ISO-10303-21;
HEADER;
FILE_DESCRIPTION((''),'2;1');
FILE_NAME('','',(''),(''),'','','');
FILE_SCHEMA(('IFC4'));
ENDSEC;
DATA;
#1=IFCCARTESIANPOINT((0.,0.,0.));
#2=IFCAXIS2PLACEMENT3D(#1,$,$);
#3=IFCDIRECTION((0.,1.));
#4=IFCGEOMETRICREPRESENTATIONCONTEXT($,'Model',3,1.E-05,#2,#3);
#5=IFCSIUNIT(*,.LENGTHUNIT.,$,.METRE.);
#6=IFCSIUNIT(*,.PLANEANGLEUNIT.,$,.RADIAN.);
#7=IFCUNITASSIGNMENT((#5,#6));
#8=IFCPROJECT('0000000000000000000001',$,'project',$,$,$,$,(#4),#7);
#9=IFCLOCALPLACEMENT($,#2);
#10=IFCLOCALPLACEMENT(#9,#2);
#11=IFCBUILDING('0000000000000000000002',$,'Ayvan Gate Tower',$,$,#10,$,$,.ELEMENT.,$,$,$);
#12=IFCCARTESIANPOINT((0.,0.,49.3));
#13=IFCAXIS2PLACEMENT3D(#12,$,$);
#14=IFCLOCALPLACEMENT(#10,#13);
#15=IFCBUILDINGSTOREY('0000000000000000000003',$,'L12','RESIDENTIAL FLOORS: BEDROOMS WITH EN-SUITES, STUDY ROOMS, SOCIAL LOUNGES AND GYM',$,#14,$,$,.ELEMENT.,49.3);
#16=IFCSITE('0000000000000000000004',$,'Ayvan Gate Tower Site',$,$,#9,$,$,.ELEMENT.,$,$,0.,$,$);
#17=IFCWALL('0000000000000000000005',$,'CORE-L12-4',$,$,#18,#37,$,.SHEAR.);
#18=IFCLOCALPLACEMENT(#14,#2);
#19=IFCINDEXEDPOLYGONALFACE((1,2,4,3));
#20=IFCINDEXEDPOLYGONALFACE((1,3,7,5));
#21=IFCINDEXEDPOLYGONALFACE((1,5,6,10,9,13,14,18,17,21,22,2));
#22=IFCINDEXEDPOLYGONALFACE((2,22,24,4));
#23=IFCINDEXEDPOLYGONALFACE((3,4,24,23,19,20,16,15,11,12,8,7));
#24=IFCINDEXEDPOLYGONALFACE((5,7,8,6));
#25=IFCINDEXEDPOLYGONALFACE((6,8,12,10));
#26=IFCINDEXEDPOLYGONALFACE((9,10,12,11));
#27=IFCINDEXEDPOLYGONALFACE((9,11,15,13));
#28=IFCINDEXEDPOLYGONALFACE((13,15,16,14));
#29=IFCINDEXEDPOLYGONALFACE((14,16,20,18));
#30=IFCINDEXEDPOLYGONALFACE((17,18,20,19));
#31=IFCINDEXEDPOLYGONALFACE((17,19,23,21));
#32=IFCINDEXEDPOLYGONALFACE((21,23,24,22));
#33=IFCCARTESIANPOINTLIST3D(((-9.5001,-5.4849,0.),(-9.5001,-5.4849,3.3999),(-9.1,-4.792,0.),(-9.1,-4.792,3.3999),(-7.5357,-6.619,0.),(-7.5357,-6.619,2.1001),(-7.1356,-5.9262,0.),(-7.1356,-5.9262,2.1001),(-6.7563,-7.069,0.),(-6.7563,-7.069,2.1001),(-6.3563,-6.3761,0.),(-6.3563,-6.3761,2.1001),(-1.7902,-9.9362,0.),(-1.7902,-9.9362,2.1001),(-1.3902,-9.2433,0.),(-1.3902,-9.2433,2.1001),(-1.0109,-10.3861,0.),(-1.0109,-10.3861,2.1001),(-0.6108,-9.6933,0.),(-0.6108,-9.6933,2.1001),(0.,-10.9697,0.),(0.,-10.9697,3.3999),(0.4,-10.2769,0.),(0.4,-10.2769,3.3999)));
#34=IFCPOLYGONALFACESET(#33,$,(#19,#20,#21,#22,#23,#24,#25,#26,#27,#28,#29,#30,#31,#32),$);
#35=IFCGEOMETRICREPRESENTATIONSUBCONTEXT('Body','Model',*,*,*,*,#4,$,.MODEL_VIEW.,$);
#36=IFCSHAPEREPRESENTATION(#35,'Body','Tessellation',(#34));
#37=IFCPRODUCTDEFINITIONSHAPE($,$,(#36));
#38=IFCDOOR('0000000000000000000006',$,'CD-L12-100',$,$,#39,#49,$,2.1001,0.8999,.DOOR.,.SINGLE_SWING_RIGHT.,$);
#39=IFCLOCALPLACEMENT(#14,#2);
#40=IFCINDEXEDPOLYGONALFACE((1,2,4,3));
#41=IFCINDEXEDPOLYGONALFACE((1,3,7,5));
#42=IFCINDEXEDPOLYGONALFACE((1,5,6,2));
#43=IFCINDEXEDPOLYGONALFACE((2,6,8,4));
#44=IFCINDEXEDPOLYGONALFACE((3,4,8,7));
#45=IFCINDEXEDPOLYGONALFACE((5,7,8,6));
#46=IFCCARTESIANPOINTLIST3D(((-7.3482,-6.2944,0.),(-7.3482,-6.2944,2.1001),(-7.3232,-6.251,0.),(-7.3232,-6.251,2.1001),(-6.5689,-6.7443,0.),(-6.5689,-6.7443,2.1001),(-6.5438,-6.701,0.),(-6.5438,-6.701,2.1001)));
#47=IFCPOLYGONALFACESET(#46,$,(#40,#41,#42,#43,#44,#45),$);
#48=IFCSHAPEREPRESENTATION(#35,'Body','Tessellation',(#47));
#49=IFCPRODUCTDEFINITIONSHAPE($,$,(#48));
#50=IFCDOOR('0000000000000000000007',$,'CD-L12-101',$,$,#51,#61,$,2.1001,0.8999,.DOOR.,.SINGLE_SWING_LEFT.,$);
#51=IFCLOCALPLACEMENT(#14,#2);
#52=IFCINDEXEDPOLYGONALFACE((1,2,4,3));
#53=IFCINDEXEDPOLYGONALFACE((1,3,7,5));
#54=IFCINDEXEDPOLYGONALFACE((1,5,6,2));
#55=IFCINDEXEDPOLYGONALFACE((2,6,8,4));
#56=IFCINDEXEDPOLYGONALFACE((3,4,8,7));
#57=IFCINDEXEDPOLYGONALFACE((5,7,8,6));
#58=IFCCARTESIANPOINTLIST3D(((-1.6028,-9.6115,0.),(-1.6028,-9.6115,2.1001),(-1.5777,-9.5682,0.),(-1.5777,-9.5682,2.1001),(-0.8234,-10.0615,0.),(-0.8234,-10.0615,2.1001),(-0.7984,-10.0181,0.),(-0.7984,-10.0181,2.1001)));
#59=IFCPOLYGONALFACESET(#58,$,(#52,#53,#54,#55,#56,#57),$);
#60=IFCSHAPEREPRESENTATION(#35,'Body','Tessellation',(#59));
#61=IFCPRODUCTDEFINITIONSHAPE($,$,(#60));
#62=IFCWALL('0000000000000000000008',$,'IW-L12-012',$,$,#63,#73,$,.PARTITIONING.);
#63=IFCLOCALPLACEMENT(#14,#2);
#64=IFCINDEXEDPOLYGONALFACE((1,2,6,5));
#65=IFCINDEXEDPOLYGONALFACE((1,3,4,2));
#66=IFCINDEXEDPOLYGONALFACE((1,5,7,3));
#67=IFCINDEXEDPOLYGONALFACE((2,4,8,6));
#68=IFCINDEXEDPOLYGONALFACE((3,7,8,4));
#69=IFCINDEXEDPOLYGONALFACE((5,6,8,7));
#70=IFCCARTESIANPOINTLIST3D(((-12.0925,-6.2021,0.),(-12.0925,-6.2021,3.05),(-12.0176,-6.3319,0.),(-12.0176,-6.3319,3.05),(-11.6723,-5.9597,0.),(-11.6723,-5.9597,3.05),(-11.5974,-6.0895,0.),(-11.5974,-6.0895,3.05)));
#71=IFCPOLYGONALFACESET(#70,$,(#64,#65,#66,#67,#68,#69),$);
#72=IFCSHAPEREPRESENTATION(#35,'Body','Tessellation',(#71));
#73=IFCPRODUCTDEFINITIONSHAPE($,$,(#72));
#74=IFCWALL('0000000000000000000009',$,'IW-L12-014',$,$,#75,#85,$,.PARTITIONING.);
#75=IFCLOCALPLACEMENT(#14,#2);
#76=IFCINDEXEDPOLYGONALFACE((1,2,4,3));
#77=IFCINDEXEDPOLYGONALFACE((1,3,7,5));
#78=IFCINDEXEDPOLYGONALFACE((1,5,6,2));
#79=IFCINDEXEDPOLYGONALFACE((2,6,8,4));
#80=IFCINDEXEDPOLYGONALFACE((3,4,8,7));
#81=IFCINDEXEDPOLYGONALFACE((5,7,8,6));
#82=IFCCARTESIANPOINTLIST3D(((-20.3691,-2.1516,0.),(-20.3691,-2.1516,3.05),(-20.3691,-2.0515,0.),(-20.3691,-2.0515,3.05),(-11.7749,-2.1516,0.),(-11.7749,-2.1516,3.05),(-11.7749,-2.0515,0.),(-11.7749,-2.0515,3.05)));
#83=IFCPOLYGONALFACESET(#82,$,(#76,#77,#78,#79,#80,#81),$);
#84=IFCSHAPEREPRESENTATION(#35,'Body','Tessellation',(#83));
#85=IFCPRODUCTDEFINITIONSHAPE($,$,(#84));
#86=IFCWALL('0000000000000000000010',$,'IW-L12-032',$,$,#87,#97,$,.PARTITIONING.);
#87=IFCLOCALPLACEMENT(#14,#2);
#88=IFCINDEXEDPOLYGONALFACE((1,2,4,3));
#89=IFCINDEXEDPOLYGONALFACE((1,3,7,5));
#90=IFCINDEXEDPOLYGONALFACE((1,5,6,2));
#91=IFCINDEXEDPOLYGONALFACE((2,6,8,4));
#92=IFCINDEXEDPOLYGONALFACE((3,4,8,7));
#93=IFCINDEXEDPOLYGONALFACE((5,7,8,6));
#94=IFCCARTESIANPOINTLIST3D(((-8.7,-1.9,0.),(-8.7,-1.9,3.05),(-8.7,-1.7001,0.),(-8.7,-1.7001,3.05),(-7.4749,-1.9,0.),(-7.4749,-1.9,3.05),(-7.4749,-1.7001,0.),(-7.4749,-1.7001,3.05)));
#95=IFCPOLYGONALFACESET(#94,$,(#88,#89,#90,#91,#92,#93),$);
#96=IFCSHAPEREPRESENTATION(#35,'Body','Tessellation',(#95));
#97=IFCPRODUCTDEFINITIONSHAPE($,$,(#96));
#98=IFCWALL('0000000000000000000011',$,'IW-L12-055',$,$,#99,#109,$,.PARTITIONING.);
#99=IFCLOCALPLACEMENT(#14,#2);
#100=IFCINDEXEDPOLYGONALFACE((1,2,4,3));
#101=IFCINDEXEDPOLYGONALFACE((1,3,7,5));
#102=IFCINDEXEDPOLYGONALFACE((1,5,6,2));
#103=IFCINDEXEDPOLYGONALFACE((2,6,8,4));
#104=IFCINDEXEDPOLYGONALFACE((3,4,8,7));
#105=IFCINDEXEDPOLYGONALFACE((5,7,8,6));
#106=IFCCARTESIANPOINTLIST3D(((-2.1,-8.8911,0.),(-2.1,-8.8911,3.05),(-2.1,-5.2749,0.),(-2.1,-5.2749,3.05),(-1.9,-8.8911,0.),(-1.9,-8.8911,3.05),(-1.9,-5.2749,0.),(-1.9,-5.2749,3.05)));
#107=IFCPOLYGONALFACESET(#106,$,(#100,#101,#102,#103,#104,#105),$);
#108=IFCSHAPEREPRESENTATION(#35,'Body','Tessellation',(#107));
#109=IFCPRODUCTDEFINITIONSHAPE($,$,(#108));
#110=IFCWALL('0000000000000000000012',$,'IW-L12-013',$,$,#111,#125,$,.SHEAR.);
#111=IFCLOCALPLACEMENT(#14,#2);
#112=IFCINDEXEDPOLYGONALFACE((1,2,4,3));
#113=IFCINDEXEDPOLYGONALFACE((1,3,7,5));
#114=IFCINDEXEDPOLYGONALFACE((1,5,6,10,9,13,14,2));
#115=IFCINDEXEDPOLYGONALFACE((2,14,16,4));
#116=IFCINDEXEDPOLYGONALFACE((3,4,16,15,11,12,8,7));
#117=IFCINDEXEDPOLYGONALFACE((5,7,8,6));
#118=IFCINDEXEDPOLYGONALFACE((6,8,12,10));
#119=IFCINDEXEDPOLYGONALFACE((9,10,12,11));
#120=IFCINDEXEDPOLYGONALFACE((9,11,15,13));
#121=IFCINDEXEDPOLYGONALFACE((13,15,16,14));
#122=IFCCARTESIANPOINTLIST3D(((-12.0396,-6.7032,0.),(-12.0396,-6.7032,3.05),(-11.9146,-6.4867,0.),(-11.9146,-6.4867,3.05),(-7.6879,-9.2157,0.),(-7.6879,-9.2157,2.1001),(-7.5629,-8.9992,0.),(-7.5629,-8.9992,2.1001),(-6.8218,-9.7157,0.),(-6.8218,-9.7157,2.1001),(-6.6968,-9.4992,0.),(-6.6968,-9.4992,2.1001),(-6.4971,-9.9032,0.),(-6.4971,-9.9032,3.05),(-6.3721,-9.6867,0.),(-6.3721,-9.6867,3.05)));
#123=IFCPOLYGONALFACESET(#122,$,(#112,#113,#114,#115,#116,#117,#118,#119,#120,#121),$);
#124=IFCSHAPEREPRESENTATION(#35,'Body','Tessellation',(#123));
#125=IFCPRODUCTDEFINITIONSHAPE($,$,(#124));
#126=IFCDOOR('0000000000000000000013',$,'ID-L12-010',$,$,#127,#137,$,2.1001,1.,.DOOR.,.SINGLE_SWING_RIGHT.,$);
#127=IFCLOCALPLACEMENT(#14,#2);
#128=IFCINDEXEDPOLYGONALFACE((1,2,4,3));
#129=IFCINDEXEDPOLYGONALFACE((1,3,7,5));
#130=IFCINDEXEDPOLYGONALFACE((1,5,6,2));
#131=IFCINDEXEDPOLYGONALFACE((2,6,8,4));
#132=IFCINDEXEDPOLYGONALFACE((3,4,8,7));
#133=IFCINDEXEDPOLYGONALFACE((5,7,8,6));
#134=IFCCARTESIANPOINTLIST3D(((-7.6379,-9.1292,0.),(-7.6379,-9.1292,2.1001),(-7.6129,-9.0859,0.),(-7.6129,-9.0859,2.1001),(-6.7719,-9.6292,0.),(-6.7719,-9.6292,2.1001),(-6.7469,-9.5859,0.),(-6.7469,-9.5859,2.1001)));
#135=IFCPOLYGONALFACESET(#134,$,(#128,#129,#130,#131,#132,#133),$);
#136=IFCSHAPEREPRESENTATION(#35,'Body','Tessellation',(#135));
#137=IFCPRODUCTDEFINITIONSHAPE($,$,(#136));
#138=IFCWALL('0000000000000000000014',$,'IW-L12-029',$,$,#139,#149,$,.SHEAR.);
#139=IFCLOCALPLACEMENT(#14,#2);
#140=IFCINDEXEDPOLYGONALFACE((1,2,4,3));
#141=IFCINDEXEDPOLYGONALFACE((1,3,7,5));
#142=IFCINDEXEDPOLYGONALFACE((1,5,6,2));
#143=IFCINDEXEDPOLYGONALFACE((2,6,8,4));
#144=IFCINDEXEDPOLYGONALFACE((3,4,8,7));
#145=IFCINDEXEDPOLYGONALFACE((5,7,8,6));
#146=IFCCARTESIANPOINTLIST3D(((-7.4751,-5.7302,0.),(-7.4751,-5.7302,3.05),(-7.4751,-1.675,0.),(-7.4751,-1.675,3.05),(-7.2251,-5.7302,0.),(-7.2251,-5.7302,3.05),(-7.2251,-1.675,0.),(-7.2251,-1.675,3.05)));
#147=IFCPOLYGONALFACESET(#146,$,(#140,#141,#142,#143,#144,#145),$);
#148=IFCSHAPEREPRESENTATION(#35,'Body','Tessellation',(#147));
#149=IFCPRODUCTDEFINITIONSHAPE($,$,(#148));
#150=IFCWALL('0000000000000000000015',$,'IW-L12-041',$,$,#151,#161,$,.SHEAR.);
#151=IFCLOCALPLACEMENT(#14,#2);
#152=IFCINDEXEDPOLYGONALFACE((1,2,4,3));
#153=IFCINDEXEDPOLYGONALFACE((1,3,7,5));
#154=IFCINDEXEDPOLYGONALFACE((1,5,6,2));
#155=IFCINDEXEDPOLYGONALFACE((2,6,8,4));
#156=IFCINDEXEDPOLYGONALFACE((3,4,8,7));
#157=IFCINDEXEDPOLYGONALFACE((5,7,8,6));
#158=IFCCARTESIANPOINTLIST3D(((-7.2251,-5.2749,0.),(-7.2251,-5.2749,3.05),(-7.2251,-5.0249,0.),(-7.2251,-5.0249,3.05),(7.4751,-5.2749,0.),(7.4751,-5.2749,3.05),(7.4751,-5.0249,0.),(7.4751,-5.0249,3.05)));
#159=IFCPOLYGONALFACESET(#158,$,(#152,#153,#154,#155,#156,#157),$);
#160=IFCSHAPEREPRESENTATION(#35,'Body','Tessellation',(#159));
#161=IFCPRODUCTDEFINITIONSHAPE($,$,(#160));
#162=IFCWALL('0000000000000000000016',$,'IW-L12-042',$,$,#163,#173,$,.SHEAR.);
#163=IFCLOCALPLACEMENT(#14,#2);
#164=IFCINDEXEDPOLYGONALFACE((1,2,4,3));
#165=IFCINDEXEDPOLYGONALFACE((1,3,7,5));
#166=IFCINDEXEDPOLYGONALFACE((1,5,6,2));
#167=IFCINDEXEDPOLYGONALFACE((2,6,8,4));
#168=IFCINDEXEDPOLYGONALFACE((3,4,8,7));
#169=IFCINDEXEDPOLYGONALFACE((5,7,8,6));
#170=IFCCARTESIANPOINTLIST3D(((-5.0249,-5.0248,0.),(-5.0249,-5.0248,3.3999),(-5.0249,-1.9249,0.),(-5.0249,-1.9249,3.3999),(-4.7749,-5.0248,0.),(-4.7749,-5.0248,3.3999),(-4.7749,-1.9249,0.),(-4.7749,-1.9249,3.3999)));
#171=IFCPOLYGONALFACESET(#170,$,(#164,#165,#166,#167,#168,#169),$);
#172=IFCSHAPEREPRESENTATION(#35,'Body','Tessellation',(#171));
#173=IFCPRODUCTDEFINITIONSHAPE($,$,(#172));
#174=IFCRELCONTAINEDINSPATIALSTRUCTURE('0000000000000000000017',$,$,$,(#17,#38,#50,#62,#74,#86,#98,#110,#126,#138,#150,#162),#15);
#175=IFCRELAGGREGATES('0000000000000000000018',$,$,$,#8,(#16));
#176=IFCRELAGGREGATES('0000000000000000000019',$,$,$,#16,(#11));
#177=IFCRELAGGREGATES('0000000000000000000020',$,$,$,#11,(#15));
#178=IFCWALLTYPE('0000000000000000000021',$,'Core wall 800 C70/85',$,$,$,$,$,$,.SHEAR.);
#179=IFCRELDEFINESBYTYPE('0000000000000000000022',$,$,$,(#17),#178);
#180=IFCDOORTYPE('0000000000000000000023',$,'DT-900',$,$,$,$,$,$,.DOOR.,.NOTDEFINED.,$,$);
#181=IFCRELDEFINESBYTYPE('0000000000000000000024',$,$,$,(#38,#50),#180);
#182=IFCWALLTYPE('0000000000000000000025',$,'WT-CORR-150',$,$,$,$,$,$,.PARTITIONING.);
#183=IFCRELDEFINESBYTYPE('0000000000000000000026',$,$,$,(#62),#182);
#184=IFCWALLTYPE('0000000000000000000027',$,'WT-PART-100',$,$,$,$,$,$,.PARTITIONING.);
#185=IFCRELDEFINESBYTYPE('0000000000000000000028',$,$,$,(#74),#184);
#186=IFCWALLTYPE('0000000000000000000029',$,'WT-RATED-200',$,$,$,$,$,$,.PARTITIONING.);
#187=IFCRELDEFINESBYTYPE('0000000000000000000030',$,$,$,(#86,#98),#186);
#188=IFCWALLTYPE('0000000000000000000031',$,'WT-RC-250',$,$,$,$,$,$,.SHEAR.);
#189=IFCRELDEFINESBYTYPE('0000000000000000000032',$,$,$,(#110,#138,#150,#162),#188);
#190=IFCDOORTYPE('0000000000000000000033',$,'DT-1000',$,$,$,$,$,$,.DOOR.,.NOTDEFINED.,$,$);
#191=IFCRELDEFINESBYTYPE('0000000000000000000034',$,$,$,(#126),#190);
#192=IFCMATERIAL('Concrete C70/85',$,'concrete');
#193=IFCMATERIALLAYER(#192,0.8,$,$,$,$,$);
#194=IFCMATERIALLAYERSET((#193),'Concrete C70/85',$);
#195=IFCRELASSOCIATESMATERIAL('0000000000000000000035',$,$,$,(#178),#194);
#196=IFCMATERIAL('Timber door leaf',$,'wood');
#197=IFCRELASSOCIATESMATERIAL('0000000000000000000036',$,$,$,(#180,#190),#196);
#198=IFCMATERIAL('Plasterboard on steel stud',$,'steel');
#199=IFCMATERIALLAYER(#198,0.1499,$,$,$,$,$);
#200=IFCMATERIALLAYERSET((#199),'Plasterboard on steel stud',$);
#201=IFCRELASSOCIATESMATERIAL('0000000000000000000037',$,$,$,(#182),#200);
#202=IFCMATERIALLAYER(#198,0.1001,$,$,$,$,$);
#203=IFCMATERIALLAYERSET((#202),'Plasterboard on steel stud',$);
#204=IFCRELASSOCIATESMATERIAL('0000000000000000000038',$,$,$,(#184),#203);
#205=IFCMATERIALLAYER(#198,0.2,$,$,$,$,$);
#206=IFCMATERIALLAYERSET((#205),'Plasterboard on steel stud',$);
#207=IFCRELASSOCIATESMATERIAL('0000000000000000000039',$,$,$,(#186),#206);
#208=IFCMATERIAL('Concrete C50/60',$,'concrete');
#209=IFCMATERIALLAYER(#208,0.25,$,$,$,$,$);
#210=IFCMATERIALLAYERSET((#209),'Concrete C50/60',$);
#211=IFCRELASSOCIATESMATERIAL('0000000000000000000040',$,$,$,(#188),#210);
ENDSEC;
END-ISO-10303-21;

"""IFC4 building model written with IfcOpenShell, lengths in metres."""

from ifc_helpers import new_model, si_unit, direction, frame, frame_2d, origin, place, context, subcontext, project, spatial, rectangle, extrude, material, layer, layer_set, type_object, element, fill, save


model = new_model("IFC4")

# Units and contexts
model_context = context("Model", 3, precision=1e-05, world=origin(), true_north=direction((0.0, 1.0)))
body_context = subcontext(model_context, "Body", "Model", "MODEL_VIEW")
ifc_project = project(units=[si_unit("LENGTHUNIT", "METRE"), si_unit("PLANEANGLEUNIT", "RADIAN")], contexts=[model_context])

# Site, building, storey
site_placement = place(None, origin())
site = spatial("IfcSite", under=ifc_project, at=site_placement, Name="Ayvan Gate Tower Site", CompositionType="ELEMENT", RefElevation=0.0)
building_placement = place(site_placement, origin())
building = spatial("IfcBuilding", under=site, at=building_placement, Name="Ayvan Gate Tower", CompositionType="ELEMENT")
storey_placement = place(building_placement, frame((0.0, 0.0, 49.3)))
storey = spatial("IfcBuildingStorey", under=building, at=storey_placement, Name="L12", Description="RESIDENTIAL FLOORS: BEDROOMS WITH EN-SUITES, STUDY ROOMS, SOCIAL LOUNGES AND GYM", CompositionType="ELEMENT", Elevation=49.3)

# Wall, openings, doors
ifc_material_1 = material(Name="Concrete C70/85", Category="concrete")
ifc_layer_1 = layer(ifc_material_1, 0.8)
ifc_layer_set_1 = layer_set([ifc_layer_1], Name="Concrete C70/85")
wall_type_1 = type_object("IfcWallType", Name="Core wall 800 C70/85", PredefinedType="SHEAR", material=ifc_layer_set_1)
wall_1_placement = place(storey_placement, frame((-9.3, -5.1384, 0.0), z_axis=(0.0, 0.0, 1.0), x_axis=(0.866024, -0.500002, 0.0)))
wall_1 = element("IfcWall", 1, at=wall_1_placement, inside=storey, type_object=wall_type_1, Name="CORE-L12-4", PredefinedType="SHEAR", context=body_context, shape_type="SweptSolid", body=[
    extrude(rectangle(XDim=10.9697, YDim=0.8, at=frame_2d((5.4849, 0.0))), origin(), (0.0, 0.0, 1.0), 3.3999),
])
opening_1_placement = place(wall_1_placement, frame((2.2683, 0.0, 0.0)))
opening_1 = element("IfcOpeningElement", 2, at=opening_1_placement, cuts=wall_1, PredefinedType="OPENING", context=body_context, shape_type="SweptSolid", body=[
    extrude(rectangle(XDim=0.8999, YDim=2.1001, at=frame_2d((0.45, 1.05))), frame((0.0, 0.4099, 0.0), z_axis=(0.0, -1.0, 0.0), x_axis=(1.0, 0.0, 0.0)), (0.0, 0.0, 1.0), 0.8201),
])
opening_2_placement = place(wall_1_placement, frame((8.9026, 0.0, 0.0)))
opening_2 = element("IfcOpeningElement", 3, at=opening_2_placement, cuts=wall_1, PredefinedType="OPENING", context=body_context, shape_type="SweptSolid", body=[
    extrude(rectangle(XDim=0.8999, YDim=2.1001, at=frame_2d((0.45, 1.05))), frame((0.0, 0.4099, 0.0), z_axis=(0.0, -1.0, 0.0), x_axis=(1.0, 0.0, 0.0)), (0.0, 0.0, 1.0), 0.8201),
])
ifc_material_2 = material(Name="Timber door leaf", Category="wood")
door_type_1 = type_object("IfcDoorType", Name="DT-900", OperationType="NOTDEFINED", PredefinedType="DOOR", material=ifc_material_2)
door_1_placement = place(opening_1_placement, origin())
door_1 = element("IfcDoor", 4, at=door_1_placement, inside=storey, type_object=door_type_1, Name="CD-L12-100", OperationType="SINGLE_SWING_RIGHT", OverallHeight=2.1001, OverallWidth=0.8999, PredefinedType="DOOR", context=body_context, shape_type="SweptSolid", body=[
    extrude(rectangle(XDim=0.8999, YDim=2.1001, at=frame_2d((0.45, 1.05))), frame((0.0, 0.0249, 0.0), z_axis=(0.0, -1.0, 0.0), x_axis=(1.0, 0.0, 0.0)), (0.0, 0.0, 1.0), 0.05),
])
fill(opening_1, door_1)
door_2_placement = place(opening_2_placement, origin())
door_2 = element("IfcDoor", 5, at=door_2_placement, inside=storey, type_object=door_type_1, Name="CD-L12-101", OperationType="SINGLE_SWING_LEFT", OverallHeight=2.1001, OverallWidth=0.8999, PredefinedType="DOOR", context=body_context, shape_type="SweptSolid", body=[
    extrude(rectangle(XDim=0.8999, YDim=2.1001, at=frame_2d((0.45, 1.05))), frame((0.0, 0.0249, 0.0), z_axis=(0.0, -1.0, 0.0), x_axis=(1.0, 0.0, 0.0)), (0.0, 0.0, 1.0), 0.05),
])
fill(opening_2, door_2)

# Walls
ifc_material_3 = material(Name="Plasterboard on steel stud", Category="steel")
ifc_layer_2 = layer(ifc_material_3, 0.1499)
ifc_layer_set_2 = layer_set([ifc_layer_2], Name="Plasterboard on steel stud")
wall_type_2 = type_object("IfcWallType", Name="WT-CORR-150", PredefinedType="PARTITIONING", material=ifc_layer_set_2)
wall_2_placement = place(storey_placement, frame((-12.0552, -6.2671, 0.0), z_axis=(0.0, 0.0, 1.0), x_axis=(0.86616, 0.499766, 0.0)))
element("IfcWall", 6, at=wall_2_placement, inside=storey, type_object=wall_type_2, Name="IW-L12-012", PredefinedType="PARTITIONING", context=body_context, shape_type="SweptSolid", body=[
    extrude(rectangle(XDim=0.4851, YDim=0.1499, at=frame_2d((0.2427, 0.0))), origin(), (0.0, 0.0, 1.0), 3.05),
])
ifc_layer_3 = layer(ifc_material_3, 0.1001)
ifc_layer_set_3 = layer_set([ifc_layer_3], Name="Plasterboard on steel stud")
wall_type_3 = type_object("IfcWallType", Name="WT-PART-100", PredefinedType="PARTITIONING", material=ifc_layer_set_3)
wall_3_placement = place(storey_placement, frame((-11.7749, -2.1016, 0.0), z_axis=(0.0, 0.0, 1.0), x_axis=(-1.0, 0.0, 0.0)))
element("IfcWall", 7, at=wall_3_placement, inside=storey, type_object=wall_type_3, Name="IW-L12-014", PredefinedType="PARTITIONING", context=body_context, shape_type="SweptSolid", body=[
    extrude(rectangle(XDim=8.5942, YDim=0.1001, at=frame_2d((4.2971, 0.0))), origin(), (0.0, 0.0, 1.0), 3.05),
])
ifc_layer_4 = layer(ifc_material_3, 0.2)
ifc_layer_set_4 = layer_set([ifc_layer_4], Name="Plasterboard on steel stud")
wall_type_4 = type_object("IfcWallType", Name="WT-RATED-200", PredefinedType="PARTITIONING", material=ifc_layer_set_4)
wall_4_placement = place(storey_placement, frame((-7.4749, -1.8, 0.0), z_axis=(0.0, 0.0, 1.0), x_axis=(-1.0, 0.0, 0.0)))
element("IfcWall", 8, at=wall_4_placement, inside=storey, type_object=wall_type_4, Name="IW-L12-032", PredefinedType="PARTITIONING", context=body_context, shape_type="SweptSolid", body=[
    extrude(rectangle(XDim=1.2251, YDim=0.2, at=frame_2d((0.6125, 0.0))), origin(), (0.0, 0.0, 1.0), 3.05),
])
wall_5_placement = place(storey_placement, frame((-2.0, -5.2749, 0.0), z_axis=(0.0, 0.0, 1.0), x_axis=(0.0, -1.0, 0.0)))
element("IfcWall", 9, at=wall_5_placement, inside=storey, type_object=wall_type_4, Name="IW-L12-055", PredefinedType="PARTITIONING", context=body_context, shape_type="SweptSolid", body=[
    extrude(rectangle(XDim=3.6162, YDim=0.2, at=frame_2d((1.8081, 0.0))), origin(), (0.0, 0.0, 1.0), 3.05),
])

# Wall, opening, door
ifc_material_4 = material(Name="Concrete C50/60", Category="concrete")
ifc_layer_5 = layer(ifc_material_4, 0.25)
ifc_layer_set_5 = layer_set([ifc_layer_5], Name="Concrete C50/60")
wall_type_5 = type_object("IfcWallType", Name="WT-RC-250", PredefinedType="SHEAR", material=ifc_layer_set_5)
wall_6_placement = place(storey_placement, frame((-11.9771, -6.595, 0.0), z_axis=(0.0, 0.0, 1.0), x_axis=(0.866025, -0.5, 0.0)))
wall_6 = element("IfcWall", 10, at=wall_6_placement, inside=storey, type_object=wall_type_5, Name="IW-L12-013", PredefinedType="SHEAR", context=body_context, shape_type="SweptSolid", body=[
    extrude(rectangle(XDim=6.3999, YDim=0.25, at=frame_2d((3.2, 0.0))), origin(), (0.0, 0.0, 1.0), 3.05),
])
opening_3_placement = place(wall_6_placement, frame((5.0249, 0.0, 0.0)))
opening_3 = element("IfcOpeningElement", 11, at=opening_3_placement, cuts=wall_6, PredefinedType="OPENING", context=body_context, shape_type="SweptSolid", body=[
    extrude(rectangle(XDim=1.0, YDim=2.1001, at=frame_2d((0.5, 1.05))), frame((0.0, 0.135, 0.0), z_axis=(0.0, -1.0, 0.0), x_axis=(1.0, 0.0, 0.0)), (0.0, 0.0, 1.0), 0.27),
])
door_type_2 = type_object("IfcDoorType", Name="DT-1000", OperationType="NOTDEFINED", PredefinedType="DOOR", material=ifc_material_2)
door_3_placement = place(opening_3_placement, origin())
door_3 = element("IfcDoor", 12, at=door_3_placement, inside=storey, type_object=door_type_2, Name="ID-L12-010", OperationType="SINGLE_SWING_RIGHT", OverallHeight=2.1001, OverallWidth=1.0, PredefinedType="DOOR", context=body_context, shape_type="SweptSolid", body=[
    extrude(rectangle(XDim=1.0, YDim=2.1001, at=frame_2d((0.5, 1.05))), frame((0.0, 0.0249, 0.0), z_axis=(0.0, -1.0, 0.0), x_axis=(1.0, 0.0, 0.0)), (0.0, 0.0, 1.0), 0.05),
])
fill(opening_3, door_3)

# Walls
wall_7_placement = place(storey_placement, frame((-7.3501, -5.7302, 0.0), z_axis=(0.0, 0.0, 1.0), x_axis=(0.0, 1.0, 0.0)))
element("IfcWall", 13, at=wall_7_placement, inside=storey, type_object=wall_type_5, Name="IW-L12-029", PredefinedType="SHEAR", context=body_context, shape_type="SweptSolid", body=[
    extrude(rectangle(XDim=4.0552, YDim=0.25, at=frame_2d((2.0276, 0.0))), origin(), (0.0, 0.0, 1.0), 3.05),
])
wall_8_placement = place(storey_placement, frame((-7.2251, -5.1499, 0.0), z_axis=(0.0, 0.0, 1.0), x_axis=(1.0, 0.0, 0.0)))
element("IfcWall", 14, at=wall_8_placement, inside=storey, type_object=wall_type_5, Name="IW-L12-041", PredefinedType="SHEAR", context=body_context, shape_type="SweptSolid", body=[
    extrude(rectangle(XDim=14.7002, YDim=0.25, at=frame_2d((7.3501, 0.0))), origin(), (0.0, 0.0, 1.0), 3.05),
])
wall_9_placement = place(storey_placement, frame((-4.8999, -1.925, 0.0), z_axis=(0.0, 0.0, 1.0), x_axis=(0.0, -1.0, 0.0)))
element("IfcWall", 15, at=wall_9_placement, inside=storey, type_object=wall_type_5, Name="IW-L12-042", PredefinedType="SHEAR", context=body_context, shape_type="SweptSolid", body=[
    extrude(rectangle(XDim=3.0999, YDim=0.25, at=frame_2d((1.5498, 0.0))), origin(), (0.0, 0.0, 1.0), 3.3999),
])

save(model, "model.ifc")
